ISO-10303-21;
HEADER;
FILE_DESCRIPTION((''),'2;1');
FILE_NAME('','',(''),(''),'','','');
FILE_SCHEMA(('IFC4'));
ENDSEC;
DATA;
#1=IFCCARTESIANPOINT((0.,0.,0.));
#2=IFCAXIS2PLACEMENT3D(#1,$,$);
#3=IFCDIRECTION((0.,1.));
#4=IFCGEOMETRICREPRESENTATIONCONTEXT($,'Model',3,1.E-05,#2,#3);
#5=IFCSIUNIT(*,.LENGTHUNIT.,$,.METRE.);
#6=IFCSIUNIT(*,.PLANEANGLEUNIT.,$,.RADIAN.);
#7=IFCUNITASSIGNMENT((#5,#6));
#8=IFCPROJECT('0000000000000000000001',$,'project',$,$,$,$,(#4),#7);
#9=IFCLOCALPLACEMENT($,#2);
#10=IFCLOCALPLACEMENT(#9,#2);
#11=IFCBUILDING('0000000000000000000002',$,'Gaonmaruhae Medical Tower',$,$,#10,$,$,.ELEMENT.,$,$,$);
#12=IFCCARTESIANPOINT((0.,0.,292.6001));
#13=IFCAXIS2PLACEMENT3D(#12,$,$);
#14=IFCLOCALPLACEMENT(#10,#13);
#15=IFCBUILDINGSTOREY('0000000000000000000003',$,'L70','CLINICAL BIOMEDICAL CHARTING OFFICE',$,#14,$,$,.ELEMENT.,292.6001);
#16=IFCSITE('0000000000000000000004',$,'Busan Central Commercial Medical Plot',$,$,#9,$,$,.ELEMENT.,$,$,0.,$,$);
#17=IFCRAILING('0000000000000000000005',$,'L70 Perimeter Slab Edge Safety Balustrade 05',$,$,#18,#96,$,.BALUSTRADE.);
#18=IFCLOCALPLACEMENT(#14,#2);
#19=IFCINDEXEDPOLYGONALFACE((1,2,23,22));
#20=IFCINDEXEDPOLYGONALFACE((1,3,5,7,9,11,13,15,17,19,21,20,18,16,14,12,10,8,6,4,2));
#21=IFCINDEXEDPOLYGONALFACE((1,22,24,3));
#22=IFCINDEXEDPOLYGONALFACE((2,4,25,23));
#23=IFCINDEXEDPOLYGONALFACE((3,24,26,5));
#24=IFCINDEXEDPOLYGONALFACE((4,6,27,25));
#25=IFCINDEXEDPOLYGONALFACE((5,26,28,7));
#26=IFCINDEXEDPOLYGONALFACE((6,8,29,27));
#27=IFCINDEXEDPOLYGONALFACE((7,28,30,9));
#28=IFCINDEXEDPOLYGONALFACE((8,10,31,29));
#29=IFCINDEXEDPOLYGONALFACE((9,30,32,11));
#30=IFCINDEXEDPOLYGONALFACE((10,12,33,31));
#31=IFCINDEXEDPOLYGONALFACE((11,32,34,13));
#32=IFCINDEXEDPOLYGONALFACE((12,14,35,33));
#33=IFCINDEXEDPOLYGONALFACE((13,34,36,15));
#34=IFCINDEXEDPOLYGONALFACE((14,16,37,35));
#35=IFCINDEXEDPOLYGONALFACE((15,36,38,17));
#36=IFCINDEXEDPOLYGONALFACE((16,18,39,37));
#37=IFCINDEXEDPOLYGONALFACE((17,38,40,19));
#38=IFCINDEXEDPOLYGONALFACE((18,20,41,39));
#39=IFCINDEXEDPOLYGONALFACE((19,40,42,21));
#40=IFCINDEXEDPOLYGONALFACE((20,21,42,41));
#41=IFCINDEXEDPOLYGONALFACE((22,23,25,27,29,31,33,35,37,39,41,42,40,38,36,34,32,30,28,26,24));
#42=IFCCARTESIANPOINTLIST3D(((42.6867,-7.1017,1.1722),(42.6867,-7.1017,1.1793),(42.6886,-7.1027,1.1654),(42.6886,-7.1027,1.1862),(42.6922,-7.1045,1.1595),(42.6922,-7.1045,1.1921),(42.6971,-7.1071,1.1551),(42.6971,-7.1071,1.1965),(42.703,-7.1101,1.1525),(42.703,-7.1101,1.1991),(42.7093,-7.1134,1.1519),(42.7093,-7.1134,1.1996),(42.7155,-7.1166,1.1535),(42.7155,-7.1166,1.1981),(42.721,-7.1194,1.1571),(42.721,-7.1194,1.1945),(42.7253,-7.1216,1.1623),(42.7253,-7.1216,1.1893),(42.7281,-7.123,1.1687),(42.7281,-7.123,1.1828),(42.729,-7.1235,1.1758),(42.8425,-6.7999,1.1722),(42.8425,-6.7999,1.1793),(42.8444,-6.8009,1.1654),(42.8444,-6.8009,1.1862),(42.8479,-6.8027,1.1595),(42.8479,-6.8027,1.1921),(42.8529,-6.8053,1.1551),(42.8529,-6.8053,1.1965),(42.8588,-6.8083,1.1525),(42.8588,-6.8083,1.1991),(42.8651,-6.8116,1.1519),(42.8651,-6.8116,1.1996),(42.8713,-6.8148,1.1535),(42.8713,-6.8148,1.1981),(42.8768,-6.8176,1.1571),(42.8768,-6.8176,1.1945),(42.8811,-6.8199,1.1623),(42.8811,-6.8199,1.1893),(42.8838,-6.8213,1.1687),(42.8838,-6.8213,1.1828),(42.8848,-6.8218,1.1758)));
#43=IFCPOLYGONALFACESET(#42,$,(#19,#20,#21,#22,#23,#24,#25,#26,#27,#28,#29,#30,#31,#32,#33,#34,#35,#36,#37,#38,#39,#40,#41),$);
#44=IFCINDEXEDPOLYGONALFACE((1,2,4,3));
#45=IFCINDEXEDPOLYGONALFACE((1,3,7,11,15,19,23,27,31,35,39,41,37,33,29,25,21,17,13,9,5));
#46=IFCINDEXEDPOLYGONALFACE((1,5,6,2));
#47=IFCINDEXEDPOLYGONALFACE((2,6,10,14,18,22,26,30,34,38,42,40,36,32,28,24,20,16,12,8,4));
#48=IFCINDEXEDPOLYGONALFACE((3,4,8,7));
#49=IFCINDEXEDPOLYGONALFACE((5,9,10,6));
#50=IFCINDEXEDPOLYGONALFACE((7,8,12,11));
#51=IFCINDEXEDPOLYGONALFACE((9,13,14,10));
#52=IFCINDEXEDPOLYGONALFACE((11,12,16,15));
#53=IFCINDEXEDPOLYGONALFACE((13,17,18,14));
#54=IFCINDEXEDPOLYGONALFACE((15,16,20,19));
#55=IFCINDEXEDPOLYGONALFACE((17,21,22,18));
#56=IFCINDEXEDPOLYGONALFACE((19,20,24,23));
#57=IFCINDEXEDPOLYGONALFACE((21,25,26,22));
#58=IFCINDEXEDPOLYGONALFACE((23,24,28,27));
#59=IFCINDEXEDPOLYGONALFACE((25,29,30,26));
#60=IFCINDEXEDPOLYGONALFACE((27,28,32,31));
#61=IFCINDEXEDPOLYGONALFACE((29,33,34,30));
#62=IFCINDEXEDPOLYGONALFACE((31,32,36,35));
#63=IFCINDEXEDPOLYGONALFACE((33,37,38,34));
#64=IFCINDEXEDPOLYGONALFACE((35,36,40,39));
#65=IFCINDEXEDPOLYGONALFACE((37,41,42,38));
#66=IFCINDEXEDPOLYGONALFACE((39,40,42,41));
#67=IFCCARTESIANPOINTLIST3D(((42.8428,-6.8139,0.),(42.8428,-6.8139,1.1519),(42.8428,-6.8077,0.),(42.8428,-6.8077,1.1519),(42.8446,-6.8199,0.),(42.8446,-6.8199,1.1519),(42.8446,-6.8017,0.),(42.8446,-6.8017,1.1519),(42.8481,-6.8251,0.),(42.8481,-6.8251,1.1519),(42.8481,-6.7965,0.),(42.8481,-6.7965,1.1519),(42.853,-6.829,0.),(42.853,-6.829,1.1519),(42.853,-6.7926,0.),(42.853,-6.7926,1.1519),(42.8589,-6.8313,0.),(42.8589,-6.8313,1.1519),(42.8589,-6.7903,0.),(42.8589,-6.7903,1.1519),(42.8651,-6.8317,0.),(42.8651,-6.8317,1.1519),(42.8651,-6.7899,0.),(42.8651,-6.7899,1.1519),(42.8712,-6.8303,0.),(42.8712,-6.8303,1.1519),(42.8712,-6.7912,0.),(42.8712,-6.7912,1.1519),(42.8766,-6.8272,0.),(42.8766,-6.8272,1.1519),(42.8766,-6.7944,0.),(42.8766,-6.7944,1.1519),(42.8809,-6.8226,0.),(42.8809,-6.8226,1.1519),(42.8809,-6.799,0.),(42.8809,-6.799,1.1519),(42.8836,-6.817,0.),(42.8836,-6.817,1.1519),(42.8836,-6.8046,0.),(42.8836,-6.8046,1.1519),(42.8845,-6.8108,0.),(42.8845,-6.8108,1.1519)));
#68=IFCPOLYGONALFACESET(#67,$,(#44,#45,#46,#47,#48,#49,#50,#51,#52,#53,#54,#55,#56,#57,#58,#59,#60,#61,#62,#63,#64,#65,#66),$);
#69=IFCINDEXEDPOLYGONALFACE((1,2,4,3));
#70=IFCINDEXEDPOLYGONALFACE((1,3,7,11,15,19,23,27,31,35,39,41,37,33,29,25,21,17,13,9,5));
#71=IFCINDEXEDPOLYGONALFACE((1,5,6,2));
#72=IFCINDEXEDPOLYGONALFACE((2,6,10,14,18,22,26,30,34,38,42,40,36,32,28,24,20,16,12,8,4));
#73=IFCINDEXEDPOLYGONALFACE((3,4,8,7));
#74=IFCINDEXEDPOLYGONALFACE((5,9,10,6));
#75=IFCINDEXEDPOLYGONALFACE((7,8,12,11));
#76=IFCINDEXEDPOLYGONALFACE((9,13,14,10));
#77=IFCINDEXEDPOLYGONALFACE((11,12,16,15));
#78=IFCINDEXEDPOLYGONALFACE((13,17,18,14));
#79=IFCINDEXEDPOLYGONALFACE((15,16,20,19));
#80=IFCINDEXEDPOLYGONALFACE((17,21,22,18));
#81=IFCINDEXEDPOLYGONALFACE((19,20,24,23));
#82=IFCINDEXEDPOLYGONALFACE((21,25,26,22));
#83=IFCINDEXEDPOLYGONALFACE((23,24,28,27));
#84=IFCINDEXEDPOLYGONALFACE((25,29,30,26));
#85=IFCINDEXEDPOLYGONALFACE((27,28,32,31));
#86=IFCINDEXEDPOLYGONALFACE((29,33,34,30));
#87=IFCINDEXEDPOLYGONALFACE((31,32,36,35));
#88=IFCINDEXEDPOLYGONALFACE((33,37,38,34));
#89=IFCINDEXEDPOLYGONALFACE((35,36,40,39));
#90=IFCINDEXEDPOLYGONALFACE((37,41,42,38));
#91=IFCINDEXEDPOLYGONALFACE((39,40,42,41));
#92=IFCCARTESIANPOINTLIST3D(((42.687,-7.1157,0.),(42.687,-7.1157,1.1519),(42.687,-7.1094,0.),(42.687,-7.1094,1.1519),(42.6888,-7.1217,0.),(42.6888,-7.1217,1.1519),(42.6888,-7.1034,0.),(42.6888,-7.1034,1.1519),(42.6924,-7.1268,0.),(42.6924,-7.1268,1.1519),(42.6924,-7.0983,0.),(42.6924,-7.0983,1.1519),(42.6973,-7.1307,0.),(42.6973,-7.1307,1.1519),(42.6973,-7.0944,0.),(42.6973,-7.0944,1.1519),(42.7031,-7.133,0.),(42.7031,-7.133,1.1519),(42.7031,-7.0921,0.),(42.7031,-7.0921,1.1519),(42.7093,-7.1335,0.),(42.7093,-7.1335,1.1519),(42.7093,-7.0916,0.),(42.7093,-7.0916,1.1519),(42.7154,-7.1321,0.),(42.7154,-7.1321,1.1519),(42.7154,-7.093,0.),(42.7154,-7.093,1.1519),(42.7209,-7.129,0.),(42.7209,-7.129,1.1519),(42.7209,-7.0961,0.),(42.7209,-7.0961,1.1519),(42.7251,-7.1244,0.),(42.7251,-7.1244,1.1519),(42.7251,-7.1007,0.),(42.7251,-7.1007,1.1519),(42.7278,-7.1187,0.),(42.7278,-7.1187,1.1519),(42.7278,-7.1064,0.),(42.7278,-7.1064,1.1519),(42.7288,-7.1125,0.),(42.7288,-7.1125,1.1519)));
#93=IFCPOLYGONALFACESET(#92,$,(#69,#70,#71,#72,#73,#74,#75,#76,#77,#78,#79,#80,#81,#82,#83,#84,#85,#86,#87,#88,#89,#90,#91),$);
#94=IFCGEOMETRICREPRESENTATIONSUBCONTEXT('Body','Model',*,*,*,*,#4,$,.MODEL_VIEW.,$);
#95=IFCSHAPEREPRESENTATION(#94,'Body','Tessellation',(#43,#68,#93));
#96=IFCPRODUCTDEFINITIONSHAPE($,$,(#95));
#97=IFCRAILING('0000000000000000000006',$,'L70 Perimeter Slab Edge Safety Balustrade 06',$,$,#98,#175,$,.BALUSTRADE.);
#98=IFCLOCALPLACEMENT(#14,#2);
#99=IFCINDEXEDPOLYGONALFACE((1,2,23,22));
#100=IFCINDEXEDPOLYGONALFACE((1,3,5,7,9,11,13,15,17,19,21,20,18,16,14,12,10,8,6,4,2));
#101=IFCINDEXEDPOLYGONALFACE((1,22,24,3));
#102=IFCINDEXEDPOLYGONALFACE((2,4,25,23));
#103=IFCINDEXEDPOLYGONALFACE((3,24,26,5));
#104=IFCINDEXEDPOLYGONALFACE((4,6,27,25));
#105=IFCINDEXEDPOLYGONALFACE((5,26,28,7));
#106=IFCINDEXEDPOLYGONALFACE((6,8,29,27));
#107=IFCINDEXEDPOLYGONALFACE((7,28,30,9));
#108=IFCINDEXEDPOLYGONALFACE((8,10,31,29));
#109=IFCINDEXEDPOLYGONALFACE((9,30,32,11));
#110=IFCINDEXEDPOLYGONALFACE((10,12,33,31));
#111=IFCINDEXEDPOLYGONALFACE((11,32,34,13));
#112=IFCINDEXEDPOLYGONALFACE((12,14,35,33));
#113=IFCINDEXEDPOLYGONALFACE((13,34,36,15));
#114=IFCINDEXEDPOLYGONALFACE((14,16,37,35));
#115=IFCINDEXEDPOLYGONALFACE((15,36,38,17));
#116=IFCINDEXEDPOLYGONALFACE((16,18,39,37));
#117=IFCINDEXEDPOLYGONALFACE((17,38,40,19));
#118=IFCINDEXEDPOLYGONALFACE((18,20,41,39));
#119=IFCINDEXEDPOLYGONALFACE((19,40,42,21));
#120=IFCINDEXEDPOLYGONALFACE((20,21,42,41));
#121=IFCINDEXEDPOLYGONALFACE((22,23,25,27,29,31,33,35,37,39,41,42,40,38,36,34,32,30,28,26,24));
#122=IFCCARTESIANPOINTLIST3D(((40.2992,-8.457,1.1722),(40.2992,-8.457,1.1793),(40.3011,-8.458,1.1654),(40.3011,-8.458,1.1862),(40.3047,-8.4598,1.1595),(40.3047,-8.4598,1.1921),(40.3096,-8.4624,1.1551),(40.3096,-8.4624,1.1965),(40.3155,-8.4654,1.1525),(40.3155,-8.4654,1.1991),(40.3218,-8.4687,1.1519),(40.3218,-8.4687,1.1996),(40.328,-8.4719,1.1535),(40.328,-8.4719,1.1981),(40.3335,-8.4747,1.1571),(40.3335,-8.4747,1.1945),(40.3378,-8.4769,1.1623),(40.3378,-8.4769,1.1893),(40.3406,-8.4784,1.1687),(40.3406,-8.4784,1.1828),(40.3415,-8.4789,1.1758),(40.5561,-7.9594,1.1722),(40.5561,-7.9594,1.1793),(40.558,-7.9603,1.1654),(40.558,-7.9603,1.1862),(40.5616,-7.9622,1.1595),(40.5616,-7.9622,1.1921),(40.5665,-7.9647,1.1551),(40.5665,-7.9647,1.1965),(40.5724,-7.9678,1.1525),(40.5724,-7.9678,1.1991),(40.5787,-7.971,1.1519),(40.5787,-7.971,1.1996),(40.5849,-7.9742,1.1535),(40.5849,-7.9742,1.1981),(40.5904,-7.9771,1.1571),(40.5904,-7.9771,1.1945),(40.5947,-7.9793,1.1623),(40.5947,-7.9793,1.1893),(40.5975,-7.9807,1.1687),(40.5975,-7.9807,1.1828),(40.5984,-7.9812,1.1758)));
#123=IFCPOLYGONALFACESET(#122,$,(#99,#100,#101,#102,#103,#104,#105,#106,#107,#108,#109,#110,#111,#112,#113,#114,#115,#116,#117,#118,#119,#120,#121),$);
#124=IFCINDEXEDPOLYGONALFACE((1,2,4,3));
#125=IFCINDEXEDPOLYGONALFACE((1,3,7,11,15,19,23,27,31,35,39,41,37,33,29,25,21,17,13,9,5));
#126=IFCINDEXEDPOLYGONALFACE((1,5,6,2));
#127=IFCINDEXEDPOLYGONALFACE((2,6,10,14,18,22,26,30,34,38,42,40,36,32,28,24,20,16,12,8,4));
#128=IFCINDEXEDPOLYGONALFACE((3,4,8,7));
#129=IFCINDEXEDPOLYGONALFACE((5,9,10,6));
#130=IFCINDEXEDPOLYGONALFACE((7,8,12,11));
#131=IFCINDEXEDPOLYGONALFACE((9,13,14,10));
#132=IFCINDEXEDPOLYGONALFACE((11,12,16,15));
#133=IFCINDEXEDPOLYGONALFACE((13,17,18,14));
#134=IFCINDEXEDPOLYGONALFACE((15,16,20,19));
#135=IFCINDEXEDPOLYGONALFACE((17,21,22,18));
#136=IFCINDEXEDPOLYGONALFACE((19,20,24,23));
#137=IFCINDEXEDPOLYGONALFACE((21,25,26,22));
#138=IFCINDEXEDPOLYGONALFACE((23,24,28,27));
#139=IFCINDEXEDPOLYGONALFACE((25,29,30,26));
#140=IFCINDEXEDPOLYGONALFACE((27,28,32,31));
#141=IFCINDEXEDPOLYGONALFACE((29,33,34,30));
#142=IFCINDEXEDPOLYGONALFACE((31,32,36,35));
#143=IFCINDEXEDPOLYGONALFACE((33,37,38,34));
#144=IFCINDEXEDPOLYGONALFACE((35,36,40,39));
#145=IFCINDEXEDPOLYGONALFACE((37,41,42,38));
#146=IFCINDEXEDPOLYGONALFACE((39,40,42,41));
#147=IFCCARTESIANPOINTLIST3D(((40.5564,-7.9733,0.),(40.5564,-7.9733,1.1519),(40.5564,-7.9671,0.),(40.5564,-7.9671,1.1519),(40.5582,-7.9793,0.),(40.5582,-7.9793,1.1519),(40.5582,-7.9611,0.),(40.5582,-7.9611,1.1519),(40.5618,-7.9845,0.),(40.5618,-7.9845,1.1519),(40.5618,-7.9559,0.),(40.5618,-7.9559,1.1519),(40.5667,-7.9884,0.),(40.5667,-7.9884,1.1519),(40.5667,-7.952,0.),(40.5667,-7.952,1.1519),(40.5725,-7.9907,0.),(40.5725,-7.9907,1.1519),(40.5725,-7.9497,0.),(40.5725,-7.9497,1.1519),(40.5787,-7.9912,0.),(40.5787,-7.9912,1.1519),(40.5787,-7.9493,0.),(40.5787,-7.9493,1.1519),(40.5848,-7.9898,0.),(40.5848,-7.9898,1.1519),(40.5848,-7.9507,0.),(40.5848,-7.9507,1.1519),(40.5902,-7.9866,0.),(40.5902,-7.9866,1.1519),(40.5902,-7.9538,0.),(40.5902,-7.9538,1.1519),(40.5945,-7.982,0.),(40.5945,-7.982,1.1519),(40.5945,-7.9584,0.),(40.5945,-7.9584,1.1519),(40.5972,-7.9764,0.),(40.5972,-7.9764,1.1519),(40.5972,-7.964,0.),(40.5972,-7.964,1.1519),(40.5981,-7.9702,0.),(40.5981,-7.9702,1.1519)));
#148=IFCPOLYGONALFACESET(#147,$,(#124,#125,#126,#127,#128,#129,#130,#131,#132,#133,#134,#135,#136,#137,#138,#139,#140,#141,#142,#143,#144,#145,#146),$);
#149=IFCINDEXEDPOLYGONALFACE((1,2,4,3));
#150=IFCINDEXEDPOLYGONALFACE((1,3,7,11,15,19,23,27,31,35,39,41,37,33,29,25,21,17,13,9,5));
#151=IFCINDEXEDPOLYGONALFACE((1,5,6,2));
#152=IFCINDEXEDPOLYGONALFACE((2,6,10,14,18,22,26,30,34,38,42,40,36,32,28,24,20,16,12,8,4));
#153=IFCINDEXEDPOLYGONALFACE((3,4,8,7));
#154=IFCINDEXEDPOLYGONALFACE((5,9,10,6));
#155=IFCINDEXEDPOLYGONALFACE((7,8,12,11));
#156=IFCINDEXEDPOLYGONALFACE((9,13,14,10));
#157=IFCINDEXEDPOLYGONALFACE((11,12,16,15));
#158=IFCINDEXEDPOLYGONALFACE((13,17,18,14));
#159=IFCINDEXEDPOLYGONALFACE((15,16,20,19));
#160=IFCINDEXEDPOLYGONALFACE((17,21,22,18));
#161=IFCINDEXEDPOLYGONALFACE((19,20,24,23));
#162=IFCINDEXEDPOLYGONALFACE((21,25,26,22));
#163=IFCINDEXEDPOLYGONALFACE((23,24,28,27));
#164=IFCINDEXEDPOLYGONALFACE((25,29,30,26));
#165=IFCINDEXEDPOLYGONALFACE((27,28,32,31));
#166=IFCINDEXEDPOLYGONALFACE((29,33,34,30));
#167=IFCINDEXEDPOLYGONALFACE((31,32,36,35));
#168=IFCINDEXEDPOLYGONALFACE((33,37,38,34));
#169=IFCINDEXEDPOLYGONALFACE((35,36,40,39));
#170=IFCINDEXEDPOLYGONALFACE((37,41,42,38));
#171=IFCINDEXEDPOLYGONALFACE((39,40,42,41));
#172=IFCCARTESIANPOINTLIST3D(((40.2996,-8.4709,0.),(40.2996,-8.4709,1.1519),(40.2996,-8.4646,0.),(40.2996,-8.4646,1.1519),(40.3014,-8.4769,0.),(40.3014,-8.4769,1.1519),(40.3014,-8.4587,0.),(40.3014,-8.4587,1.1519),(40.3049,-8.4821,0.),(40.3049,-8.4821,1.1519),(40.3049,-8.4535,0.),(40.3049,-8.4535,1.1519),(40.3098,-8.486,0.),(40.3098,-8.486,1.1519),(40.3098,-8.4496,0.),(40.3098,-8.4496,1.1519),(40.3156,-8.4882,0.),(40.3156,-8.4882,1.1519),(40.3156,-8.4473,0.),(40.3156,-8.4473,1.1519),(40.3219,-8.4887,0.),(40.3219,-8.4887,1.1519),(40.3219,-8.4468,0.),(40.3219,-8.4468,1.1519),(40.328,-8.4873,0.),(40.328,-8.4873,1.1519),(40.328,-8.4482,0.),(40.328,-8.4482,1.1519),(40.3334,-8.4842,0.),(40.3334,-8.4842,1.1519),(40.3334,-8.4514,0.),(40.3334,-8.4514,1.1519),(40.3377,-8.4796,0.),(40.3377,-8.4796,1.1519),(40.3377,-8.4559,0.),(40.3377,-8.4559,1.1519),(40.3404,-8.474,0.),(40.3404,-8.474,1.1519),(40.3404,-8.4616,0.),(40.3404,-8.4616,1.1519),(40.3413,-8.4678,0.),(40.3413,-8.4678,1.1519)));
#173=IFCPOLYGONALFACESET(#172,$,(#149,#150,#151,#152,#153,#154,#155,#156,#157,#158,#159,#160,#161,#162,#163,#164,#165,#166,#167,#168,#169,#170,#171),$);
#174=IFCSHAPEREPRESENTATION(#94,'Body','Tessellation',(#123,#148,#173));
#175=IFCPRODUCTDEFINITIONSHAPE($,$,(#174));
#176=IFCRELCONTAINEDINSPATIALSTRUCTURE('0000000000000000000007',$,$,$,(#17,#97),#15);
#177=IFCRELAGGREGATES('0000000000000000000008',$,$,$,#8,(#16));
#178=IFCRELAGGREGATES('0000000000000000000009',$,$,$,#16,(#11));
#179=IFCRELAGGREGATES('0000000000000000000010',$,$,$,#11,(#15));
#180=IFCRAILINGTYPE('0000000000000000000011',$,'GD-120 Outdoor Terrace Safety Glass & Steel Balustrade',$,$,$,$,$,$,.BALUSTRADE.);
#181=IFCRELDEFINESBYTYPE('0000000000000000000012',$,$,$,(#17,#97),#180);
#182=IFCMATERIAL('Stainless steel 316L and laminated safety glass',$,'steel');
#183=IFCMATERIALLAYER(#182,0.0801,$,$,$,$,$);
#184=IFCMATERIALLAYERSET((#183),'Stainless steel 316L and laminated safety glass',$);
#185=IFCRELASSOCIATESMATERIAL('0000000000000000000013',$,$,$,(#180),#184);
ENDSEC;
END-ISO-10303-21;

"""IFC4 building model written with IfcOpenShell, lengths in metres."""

from ifc_helpers import new_model, si_unit, direction, frame, origin, origin_2d, place, context, subcontext, project, spatial, circle, extrude, material, layer, layer_set, type_object, element, save


model = new_model("IFC4")

# Units and contexts
model_context = context("Model", 3, precision=1e-05, world=origin(), true_north=direction((0.0, 1.0)))
body_context = subcontext(model_context, "Body", "Model", "MODEL_VIEW")
ifc_project = project(units=[si_unit("LENGTHUNIT", "METRE"), si_unit("PLANEANGLEUNIT", "RADIAN")], contexts=[model_context])

# Site, building, storey
site_placement = place(None, origin())
site = spatial("IfcSite", under=ifc_project, at=site_placement, Name="Busan Central Commercial Medical Plot", CompositionType="ELEMENT", RefElevation=0.0)
building_placement = place(site_placement, origin())
building = spatial("IfcBuilding", under=site, at=building_placement, Name="Gaonmaruhae Medical Tower", CompositionType="ELEMENT")
storey_placement = place(building_placement, frame((0.0, 0.0, 292.6001)))
storey = spatial("IfcBuildingStorey", under=building, at=storey_placement, Name="L70", Description="CLINICAL BIOMEDICAL CHARTING OFFICE", CompositionType="ELEMENT", Elevation=292.6001)

# Railings
ifc_material_1 = material(Name="Stainless steel 316L and laminated safety glass", Category="steel")
ifc_layer_1 = layer(ifc_material_1, 0.0801)
ifc_layer_set_1 = layer_set([ifc_layer_1], Name="Stainless steel 316L and laminated safety glass")
railing_type = type_object("IfcRailingType", Name="GD-120 Outdoor Terrace Safety Glass & Steel Balustrade", PredefinedType="BALUSTRADE", material=ifc_layer_set_1)
railing_1_placement = place(storey_placement, frame((42.8635, -6.8108, 0.0)))
element("IfcRailing", 1, at=railing_1_placement, inside=storey, type_object=railing_type, Name="L70 Perimeter Slab Edge Safety Balustrade 05", PredefinedType="BALUSTRADE", context=body_context, shape_type="SweptSolid", body=[
    extrude(circle(Radius=0.0239, at=origin_2d()), frame((0.0, 0.0, 1.1758), z_axis=(-0.45868, -0.888602, 0.0), x_axis=(0.888602, -0.45868, 0.0)), (0.0, 0.0, 1.0), 0.3396),
    extrude(circle(Radius=0.021, at=origin_2d()), origin(), (0.0, 0.0, 1.0), 1.1519),
    extrude(circle(Radius=0.021, at=origin_2d()), frame((-0.1558, -0.3018, 0.0)), (0.0, 0.0, 1.0), 1.1519),
])
railing_2_placement = place(storey_placement, frame((40.5771, -7.9702, 0.0)))
element("IfcRailing", 2, at=railing_2_placement, inside=storey, type_object=railing_type, Name="L70 Perimeter Slab Edge Safety Balustrade 06", PredefinedType="BALUSTRADE", context=body_context, shape_type="SweptSolid", body=[
    extrude(circle(Radius=0.0239, at=origin_2d()), frame((0.0, 0.0, 1.1758), z_axis=(-0.458687, -0.888598, 0.0), x_axis=(0.888598, -0.458687, 0.0)), (0.0, 0.0, 1.0), 0.5601),
    extrude(circle(Radius=0.021, at=origin_2d()), origin(), (0.0, 0.0, 1.0), 1.1519),
    extrude(circle(Radius=0.021, at=origin_2d()), frame((-0.2568, -0.4976, 0.0)), (0.0, 0.0, 1.0), 1.1519),
])

save(model, "model.ifc")
